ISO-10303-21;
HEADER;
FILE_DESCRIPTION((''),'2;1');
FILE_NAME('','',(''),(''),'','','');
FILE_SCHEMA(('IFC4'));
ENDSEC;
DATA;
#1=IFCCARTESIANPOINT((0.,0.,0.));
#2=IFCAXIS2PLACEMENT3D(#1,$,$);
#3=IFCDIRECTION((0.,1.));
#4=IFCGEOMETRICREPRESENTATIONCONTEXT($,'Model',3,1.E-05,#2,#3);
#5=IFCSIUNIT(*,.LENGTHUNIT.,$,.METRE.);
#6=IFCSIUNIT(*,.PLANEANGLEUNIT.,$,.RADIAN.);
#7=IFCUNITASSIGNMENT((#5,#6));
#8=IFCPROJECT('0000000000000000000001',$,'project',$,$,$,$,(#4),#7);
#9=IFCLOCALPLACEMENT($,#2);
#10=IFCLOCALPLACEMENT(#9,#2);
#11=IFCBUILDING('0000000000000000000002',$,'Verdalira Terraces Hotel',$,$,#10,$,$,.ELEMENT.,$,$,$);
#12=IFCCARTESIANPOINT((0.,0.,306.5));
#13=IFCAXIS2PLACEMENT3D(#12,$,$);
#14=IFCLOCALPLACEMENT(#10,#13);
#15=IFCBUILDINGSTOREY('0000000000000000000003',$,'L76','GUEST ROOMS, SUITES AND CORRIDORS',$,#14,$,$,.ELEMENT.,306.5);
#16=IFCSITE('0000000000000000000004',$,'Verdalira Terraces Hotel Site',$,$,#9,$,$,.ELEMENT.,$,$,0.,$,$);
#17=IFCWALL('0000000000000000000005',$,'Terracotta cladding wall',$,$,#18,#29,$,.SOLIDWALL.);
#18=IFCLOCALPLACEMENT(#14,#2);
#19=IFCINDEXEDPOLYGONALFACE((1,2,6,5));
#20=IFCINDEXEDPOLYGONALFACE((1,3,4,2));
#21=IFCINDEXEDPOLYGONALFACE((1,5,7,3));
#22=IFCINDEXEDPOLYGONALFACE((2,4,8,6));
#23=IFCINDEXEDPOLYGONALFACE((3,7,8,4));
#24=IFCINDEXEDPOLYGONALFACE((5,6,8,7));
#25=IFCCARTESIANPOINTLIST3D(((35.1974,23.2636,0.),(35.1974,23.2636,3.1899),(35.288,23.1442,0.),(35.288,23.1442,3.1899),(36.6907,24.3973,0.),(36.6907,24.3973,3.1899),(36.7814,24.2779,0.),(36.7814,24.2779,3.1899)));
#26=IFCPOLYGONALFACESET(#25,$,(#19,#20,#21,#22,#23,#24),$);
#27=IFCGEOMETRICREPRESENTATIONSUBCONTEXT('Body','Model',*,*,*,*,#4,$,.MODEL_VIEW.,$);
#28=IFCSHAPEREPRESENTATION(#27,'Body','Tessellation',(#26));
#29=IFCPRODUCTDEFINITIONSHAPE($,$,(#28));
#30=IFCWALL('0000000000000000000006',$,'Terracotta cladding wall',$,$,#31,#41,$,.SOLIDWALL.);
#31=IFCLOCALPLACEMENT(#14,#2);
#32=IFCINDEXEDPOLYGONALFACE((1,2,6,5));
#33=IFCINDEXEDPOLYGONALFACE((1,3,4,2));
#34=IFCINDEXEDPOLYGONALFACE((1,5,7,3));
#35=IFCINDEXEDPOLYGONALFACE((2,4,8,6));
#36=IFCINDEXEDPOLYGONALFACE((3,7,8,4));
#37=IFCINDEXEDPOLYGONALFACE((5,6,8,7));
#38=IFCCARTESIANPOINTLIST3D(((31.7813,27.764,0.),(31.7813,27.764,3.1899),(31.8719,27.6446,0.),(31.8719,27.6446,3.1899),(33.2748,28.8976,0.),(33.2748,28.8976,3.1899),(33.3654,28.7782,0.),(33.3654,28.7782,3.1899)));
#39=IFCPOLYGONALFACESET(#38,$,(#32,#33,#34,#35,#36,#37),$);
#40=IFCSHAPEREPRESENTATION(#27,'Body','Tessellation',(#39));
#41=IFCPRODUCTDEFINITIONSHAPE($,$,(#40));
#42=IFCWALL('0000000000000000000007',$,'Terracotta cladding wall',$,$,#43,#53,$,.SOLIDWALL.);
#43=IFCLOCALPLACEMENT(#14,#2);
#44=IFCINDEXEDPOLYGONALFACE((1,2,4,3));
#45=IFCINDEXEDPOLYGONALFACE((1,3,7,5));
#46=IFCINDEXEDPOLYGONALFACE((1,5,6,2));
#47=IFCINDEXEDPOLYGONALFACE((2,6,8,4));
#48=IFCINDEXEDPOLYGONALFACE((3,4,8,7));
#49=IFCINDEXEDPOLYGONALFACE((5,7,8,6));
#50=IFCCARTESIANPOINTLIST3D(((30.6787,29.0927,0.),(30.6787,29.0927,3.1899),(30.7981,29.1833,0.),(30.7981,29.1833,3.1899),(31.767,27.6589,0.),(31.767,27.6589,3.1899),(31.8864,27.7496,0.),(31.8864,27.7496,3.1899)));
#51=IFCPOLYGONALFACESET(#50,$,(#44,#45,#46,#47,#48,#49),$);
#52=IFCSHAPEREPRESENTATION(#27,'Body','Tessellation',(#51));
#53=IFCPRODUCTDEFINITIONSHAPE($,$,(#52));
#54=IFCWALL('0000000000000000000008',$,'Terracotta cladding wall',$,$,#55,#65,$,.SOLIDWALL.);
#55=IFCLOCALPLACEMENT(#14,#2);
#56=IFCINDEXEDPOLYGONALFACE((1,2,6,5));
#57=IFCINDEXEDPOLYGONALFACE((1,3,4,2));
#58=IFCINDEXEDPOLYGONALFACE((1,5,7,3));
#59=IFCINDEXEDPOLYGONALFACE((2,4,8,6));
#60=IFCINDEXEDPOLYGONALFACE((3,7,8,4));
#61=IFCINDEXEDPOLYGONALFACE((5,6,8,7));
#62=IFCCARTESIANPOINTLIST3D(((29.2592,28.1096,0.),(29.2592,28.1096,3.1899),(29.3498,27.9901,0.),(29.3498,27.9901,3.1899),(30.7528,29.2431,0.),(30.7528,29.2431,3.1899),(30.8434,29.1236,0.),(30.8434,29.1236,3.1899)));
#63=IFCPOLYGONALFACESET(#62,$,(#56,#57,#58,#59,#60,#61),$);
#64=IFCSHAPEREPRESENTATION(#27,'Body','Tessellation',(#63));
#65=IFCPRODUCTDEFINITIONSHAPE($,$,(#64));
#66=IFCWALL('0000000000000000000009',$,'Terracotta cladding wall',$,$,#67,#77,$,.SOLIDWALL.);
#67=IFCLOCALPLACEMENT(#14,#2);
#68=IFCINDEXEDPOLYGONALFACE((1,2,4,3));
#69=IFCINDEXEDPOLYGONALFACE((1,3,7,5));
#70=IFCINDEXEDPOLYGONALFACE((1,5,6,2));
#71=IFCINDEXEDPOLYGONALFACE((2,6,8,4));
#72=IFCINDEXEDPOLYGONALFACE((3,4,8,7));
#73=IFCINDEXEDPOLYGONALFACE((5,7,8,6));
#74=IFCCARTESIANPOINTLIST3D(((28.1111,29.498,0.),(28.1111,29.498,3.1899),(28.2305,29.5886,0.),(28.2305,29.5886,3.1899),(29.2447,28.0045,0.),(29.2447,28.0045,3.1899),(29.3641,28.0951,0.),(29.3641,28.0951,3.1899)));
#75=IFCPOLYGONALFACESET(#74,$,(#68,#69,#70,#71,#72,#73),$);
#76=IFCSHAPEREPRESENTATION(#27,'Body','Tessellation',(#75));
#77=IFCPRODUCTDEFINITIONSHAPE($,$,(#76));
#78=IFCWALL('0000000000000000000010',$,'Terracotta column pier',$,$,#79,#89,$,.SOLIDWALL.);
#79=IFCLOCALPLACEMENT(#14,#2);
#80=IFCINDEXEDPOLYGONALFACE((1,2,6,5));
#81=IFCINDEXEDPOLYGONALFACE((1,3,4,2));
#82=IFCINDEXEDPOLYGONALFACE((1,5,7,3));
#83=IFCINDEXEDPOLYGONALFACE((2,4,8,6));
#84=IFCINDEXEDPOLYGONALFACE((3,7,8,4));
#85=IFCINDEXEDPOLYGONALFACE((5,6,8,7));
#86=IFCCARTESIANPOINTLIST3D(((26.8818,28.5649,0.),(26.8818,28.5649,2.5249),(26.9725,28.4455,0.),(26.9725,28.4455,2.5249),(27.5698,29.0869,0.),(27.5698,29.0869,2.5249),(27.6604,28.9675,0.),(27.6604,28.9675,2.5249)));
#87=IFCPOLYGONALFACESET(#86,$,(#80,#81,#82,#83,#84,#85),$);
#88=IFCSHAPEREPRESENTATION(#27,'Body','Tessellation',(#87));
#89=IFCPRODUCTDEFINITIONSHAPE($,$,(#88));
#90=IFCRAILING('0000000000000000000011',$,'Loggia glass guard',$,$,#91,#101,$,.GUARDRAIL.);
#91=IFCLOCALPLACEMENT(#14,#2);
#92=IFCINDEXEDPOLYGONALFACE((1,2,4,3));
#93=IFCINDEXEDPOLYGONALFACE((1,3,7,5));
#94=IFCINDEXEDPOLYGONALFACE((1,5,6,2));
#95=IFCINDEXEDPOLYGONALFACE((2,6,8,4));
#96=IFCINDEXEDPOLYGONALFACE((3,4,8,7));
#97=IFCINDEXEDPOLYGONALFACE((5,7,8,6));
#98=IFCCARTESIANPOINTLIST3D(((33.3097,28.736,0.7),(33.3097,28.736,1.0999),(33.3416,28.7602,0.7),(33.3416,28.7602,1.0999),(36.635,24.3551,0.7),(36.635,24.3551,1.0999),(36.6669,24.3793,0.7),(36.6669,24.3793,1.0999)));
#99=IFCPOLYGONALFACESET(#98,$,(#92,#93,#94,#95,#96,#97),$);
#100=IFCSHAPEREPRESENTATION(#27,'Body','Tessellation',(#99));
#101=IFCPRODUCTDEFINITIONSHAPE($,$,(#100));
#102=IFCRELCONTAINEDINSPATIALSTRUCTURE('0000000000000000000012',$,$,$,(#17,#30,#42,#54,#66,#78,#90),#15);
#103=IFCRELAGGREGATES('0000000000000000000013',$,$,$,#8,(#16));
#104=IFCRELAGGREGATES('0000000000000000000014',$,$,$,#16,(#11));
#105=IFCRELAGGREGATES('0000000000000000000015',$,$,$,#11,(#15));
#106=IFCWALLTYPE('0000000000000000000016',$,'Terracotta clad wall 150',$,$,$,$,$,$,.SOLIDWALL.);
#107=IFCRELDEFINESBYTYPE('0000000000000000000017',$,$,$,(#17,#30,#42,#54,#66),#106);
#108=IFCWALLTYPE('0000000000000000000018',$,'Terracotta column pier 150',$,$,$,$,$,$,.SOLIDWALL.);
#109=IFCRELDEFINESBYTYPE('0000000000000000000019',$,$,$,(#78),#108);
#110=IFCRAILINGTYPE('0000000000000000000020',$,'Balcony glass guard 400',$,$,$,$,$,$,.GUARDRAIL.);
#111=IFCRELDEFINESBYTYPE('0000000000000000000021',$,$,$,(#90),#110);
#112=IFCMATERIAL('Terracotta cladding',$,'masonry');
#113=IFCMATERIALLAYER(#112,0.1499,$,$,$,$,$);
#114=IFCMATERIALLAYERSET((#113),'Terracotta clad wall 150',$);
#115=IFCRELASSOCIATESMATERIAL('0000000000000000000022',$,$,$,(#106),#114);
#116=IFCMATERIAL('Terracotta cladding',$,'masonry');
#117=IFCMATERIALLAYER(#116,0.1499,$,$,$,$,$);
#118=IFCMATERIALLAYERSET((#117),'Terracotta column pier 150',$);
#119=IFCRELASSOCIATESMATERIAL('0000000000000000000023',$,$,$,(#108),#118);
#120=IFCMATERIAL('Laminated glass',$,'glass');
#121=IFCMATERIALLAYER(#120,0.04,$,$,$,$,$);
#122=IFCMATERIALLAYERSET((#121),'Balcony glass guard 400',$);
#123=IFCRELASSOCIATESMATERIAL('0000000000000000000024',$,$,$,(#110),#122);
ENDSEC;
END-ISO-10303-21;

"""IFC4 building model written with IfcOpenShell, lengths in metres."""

from ifc_helpers import new_model, si_unit, direction, frame, frame_2d, origin, origin_2d, place, context, subcontext, project, spatial, rectangle, extrude, material, layer, layer_set, type_object, element, save


model = new_model("IFC4")

# Units and contexts
model_context = context("Model", 3, precision=1e-05, world=origin(), true_north=direction((0.0, 1.0)))
body_context = subcontext(model_context, "Body", "Model", "MODEL_VIEW")
ifc_project = project(units=[si_unit("LENGTHUNIT", "METRE"), si_unit("PLANEANGLEUNIT", "RADIAN")], contexts=[model_context])

# Site, building, storey
site_placement = place(None, origin())
site = spatial("IfcSite", under=ifc_project, at=site_placement, Name="Verdalira Terraces Hotel Site", CompositionType="ELEMENT", RefElevation=0.0)
building_placement = place(site_placement, origin())
building = spatial("IfcBuilding", under=site, at=building_placement, Name="Verdalira Terraces Hotel", CompositionType="ELEMENT")
storey_placement = place(building_placement, frame((0.0, 0.0, 306.5)))
storey = spatial("IfcBuildingStorey", under=building, at=storey_placement, Name="L76", Description="GUEST ROOMS, SUITES AND CORRIDORS", CompositionType="ELEMENT", Elevation=306.5)

# Walls
ifc_material_1 = material(Name="Terracotta cladding", Category="masonry")
ifc_layer_1 = layer(ifc_material_1, 0.1499)
ifc_layer_set_1 = layer_set([ifc_layer_1], Name="Terracotta clad wall 150")
wall_type_1 = type_object("IfcWallType", Name="Terracotta clad wall 150", PredefinedType="SOLIDWALL", material=ifc_layer_set_1)
for number, where, z_axis, x_axis, name in (
    (1, (35.2427, 23.2039, 0.0), (0.0, 0.0, 1.0), (0.796471, 0.604677, 0.0), "Terracotta cladding wall"),
    (2, (33.3201, 28.8379, 0.0), (0.0, 0.0, 1.0), (-0.796533, -0.604595, 0.0), "Terracotta cladding wall"),
):
    element("IfcWall", number, at=place(storey_placement, frame(where, z_axis=z_axis, x_axis=x_axis)), inside=storey, type_object=wall_type_1, Name=name, PredefinedType="SOLIDWALL", context=body_context, shape_type="SweptSolid", body=[
        extrude(rectangle(XDim=1.875, YDim=0.1499, at=frame_2d((0.9375, 0.0))), origin(), (0.0, 0.0, 1.0), 3.1899),
    ])
wall_1_placement = place(storey_placement, frame((31.8267, 27.7043, 0.0), z_axis=(0.0, 0.0, 1.0), x_axis=(-0.604612, 0.79652, 0.0)))
element("IfcWall", 3, at=wall_1_placement, inside=storey, type_object=wall_type_1, Name="Terracotta cladding wall", PredefinedType="SOLIDWALL", context=body_context, shape_type="SweptSolid", body=[
    extrude(rectangle(XDim=1.8, YDim=0.1499, at=frame_2d((0.8999, 0.0))), origin(), (0.0, 0.0, 1.0), 3.1899),
])
for number, where, z_axis, x_axis, name in (
    (4, (30.7981, 29.1834, 0.0), (0.0, 0.0, 1.0), (-0.796581, -0.604532, 0.0), "Terracotta cladding wall"),
    (5, (29.3044, 28.0498, 0.0), (0.0, 0.0, 1.0), (-0.604595, 0.796533, 0.0), "Terracotta cladding wall"),
):
    element("IfcWall", number, at=place(storey_placement, frame(where, z_axis=z_axis, x_axis=x_axis)), inside=storey, type_object=wall_type_1, Name=name, PredefinedType="SOLIDWALL", context=body_context, shape_type="SweptSolid", body=[
        extrude(rectangle(XDim=1.875, YDim=0.1499, at=frame_2d((0.9375, 0.0))), origin(), (0.0, 0.0, 1.0), 3.1899),
    ])
ifc_material_2 = material(Name="Terracotta cladding", Category="masonry")
ifc_layer_2 = layer(ifc_material_2, 0.1499)
ifc_layer_set_2 = layer_set([ifc_layer_2], Name="Terracotta column pier 150")
wall_type_2 = type_object("IfcWallType", Name="Terracotta column pier 150", PredefinedType="SOLIDWALL", material=ifc_layer_set_2)
wall_2_placement = place(storey_placement, frame((27.615, 29.0271, 0.0), z_axis=(0.0, 0.0, 1.0), x_axis=(-0.796663, -0.604424, 0.0)))
element("IfcWall", 6, at=wall_2_placement, inside=storey, type_object=wall_type_2, Name="Terracotta column pier", PredefinedType="SOLIDWALL", context=body_context, shape_type="SweptSolid", body=[
    extrude(rectangle(XDim=0.8635, YDim=0.1499, at=frame_2d((0.4316, 0.0))), origin(), (0.0, 0.0, 1.0), 2.5249),
])

# Railing
ifc_material_3 = material(Name="Laminated glass", Category="glass")
ifc_layer_3 = layer(ifc_material_3, 0.04)
ifc_layer_set_3 = layer_set([ifc_layer_3], Name="Balcony glass guard 400")
railing_type = type_object("IfcRailingType", Name="Balcony glass guard 400", PredefinedType="GUARDRAIL", material=ifc_layer_set_3)
railing_placement = place(storey_placement, frame((34.9883, 26.5576, 0.7), z_axis=(0.0, 0.0, 1.0), x_axis=(-0.604599, 0.79653, 0.0)))
element("IfcRailing", 7, at=railing_placement, inside=storey, type_object=railing_type, Name="Loggia glass guard", PredefinedType="GUARDRAIL", context=body_context, shape_type="SweptSolid", body=[
    extrude(rectangle(XDim=5.5, YDim=0.04, at=origin_2d()), origin(), (0.0, 0.0, 1.0), 0.3999),
])

save(model, "model.ifc")
